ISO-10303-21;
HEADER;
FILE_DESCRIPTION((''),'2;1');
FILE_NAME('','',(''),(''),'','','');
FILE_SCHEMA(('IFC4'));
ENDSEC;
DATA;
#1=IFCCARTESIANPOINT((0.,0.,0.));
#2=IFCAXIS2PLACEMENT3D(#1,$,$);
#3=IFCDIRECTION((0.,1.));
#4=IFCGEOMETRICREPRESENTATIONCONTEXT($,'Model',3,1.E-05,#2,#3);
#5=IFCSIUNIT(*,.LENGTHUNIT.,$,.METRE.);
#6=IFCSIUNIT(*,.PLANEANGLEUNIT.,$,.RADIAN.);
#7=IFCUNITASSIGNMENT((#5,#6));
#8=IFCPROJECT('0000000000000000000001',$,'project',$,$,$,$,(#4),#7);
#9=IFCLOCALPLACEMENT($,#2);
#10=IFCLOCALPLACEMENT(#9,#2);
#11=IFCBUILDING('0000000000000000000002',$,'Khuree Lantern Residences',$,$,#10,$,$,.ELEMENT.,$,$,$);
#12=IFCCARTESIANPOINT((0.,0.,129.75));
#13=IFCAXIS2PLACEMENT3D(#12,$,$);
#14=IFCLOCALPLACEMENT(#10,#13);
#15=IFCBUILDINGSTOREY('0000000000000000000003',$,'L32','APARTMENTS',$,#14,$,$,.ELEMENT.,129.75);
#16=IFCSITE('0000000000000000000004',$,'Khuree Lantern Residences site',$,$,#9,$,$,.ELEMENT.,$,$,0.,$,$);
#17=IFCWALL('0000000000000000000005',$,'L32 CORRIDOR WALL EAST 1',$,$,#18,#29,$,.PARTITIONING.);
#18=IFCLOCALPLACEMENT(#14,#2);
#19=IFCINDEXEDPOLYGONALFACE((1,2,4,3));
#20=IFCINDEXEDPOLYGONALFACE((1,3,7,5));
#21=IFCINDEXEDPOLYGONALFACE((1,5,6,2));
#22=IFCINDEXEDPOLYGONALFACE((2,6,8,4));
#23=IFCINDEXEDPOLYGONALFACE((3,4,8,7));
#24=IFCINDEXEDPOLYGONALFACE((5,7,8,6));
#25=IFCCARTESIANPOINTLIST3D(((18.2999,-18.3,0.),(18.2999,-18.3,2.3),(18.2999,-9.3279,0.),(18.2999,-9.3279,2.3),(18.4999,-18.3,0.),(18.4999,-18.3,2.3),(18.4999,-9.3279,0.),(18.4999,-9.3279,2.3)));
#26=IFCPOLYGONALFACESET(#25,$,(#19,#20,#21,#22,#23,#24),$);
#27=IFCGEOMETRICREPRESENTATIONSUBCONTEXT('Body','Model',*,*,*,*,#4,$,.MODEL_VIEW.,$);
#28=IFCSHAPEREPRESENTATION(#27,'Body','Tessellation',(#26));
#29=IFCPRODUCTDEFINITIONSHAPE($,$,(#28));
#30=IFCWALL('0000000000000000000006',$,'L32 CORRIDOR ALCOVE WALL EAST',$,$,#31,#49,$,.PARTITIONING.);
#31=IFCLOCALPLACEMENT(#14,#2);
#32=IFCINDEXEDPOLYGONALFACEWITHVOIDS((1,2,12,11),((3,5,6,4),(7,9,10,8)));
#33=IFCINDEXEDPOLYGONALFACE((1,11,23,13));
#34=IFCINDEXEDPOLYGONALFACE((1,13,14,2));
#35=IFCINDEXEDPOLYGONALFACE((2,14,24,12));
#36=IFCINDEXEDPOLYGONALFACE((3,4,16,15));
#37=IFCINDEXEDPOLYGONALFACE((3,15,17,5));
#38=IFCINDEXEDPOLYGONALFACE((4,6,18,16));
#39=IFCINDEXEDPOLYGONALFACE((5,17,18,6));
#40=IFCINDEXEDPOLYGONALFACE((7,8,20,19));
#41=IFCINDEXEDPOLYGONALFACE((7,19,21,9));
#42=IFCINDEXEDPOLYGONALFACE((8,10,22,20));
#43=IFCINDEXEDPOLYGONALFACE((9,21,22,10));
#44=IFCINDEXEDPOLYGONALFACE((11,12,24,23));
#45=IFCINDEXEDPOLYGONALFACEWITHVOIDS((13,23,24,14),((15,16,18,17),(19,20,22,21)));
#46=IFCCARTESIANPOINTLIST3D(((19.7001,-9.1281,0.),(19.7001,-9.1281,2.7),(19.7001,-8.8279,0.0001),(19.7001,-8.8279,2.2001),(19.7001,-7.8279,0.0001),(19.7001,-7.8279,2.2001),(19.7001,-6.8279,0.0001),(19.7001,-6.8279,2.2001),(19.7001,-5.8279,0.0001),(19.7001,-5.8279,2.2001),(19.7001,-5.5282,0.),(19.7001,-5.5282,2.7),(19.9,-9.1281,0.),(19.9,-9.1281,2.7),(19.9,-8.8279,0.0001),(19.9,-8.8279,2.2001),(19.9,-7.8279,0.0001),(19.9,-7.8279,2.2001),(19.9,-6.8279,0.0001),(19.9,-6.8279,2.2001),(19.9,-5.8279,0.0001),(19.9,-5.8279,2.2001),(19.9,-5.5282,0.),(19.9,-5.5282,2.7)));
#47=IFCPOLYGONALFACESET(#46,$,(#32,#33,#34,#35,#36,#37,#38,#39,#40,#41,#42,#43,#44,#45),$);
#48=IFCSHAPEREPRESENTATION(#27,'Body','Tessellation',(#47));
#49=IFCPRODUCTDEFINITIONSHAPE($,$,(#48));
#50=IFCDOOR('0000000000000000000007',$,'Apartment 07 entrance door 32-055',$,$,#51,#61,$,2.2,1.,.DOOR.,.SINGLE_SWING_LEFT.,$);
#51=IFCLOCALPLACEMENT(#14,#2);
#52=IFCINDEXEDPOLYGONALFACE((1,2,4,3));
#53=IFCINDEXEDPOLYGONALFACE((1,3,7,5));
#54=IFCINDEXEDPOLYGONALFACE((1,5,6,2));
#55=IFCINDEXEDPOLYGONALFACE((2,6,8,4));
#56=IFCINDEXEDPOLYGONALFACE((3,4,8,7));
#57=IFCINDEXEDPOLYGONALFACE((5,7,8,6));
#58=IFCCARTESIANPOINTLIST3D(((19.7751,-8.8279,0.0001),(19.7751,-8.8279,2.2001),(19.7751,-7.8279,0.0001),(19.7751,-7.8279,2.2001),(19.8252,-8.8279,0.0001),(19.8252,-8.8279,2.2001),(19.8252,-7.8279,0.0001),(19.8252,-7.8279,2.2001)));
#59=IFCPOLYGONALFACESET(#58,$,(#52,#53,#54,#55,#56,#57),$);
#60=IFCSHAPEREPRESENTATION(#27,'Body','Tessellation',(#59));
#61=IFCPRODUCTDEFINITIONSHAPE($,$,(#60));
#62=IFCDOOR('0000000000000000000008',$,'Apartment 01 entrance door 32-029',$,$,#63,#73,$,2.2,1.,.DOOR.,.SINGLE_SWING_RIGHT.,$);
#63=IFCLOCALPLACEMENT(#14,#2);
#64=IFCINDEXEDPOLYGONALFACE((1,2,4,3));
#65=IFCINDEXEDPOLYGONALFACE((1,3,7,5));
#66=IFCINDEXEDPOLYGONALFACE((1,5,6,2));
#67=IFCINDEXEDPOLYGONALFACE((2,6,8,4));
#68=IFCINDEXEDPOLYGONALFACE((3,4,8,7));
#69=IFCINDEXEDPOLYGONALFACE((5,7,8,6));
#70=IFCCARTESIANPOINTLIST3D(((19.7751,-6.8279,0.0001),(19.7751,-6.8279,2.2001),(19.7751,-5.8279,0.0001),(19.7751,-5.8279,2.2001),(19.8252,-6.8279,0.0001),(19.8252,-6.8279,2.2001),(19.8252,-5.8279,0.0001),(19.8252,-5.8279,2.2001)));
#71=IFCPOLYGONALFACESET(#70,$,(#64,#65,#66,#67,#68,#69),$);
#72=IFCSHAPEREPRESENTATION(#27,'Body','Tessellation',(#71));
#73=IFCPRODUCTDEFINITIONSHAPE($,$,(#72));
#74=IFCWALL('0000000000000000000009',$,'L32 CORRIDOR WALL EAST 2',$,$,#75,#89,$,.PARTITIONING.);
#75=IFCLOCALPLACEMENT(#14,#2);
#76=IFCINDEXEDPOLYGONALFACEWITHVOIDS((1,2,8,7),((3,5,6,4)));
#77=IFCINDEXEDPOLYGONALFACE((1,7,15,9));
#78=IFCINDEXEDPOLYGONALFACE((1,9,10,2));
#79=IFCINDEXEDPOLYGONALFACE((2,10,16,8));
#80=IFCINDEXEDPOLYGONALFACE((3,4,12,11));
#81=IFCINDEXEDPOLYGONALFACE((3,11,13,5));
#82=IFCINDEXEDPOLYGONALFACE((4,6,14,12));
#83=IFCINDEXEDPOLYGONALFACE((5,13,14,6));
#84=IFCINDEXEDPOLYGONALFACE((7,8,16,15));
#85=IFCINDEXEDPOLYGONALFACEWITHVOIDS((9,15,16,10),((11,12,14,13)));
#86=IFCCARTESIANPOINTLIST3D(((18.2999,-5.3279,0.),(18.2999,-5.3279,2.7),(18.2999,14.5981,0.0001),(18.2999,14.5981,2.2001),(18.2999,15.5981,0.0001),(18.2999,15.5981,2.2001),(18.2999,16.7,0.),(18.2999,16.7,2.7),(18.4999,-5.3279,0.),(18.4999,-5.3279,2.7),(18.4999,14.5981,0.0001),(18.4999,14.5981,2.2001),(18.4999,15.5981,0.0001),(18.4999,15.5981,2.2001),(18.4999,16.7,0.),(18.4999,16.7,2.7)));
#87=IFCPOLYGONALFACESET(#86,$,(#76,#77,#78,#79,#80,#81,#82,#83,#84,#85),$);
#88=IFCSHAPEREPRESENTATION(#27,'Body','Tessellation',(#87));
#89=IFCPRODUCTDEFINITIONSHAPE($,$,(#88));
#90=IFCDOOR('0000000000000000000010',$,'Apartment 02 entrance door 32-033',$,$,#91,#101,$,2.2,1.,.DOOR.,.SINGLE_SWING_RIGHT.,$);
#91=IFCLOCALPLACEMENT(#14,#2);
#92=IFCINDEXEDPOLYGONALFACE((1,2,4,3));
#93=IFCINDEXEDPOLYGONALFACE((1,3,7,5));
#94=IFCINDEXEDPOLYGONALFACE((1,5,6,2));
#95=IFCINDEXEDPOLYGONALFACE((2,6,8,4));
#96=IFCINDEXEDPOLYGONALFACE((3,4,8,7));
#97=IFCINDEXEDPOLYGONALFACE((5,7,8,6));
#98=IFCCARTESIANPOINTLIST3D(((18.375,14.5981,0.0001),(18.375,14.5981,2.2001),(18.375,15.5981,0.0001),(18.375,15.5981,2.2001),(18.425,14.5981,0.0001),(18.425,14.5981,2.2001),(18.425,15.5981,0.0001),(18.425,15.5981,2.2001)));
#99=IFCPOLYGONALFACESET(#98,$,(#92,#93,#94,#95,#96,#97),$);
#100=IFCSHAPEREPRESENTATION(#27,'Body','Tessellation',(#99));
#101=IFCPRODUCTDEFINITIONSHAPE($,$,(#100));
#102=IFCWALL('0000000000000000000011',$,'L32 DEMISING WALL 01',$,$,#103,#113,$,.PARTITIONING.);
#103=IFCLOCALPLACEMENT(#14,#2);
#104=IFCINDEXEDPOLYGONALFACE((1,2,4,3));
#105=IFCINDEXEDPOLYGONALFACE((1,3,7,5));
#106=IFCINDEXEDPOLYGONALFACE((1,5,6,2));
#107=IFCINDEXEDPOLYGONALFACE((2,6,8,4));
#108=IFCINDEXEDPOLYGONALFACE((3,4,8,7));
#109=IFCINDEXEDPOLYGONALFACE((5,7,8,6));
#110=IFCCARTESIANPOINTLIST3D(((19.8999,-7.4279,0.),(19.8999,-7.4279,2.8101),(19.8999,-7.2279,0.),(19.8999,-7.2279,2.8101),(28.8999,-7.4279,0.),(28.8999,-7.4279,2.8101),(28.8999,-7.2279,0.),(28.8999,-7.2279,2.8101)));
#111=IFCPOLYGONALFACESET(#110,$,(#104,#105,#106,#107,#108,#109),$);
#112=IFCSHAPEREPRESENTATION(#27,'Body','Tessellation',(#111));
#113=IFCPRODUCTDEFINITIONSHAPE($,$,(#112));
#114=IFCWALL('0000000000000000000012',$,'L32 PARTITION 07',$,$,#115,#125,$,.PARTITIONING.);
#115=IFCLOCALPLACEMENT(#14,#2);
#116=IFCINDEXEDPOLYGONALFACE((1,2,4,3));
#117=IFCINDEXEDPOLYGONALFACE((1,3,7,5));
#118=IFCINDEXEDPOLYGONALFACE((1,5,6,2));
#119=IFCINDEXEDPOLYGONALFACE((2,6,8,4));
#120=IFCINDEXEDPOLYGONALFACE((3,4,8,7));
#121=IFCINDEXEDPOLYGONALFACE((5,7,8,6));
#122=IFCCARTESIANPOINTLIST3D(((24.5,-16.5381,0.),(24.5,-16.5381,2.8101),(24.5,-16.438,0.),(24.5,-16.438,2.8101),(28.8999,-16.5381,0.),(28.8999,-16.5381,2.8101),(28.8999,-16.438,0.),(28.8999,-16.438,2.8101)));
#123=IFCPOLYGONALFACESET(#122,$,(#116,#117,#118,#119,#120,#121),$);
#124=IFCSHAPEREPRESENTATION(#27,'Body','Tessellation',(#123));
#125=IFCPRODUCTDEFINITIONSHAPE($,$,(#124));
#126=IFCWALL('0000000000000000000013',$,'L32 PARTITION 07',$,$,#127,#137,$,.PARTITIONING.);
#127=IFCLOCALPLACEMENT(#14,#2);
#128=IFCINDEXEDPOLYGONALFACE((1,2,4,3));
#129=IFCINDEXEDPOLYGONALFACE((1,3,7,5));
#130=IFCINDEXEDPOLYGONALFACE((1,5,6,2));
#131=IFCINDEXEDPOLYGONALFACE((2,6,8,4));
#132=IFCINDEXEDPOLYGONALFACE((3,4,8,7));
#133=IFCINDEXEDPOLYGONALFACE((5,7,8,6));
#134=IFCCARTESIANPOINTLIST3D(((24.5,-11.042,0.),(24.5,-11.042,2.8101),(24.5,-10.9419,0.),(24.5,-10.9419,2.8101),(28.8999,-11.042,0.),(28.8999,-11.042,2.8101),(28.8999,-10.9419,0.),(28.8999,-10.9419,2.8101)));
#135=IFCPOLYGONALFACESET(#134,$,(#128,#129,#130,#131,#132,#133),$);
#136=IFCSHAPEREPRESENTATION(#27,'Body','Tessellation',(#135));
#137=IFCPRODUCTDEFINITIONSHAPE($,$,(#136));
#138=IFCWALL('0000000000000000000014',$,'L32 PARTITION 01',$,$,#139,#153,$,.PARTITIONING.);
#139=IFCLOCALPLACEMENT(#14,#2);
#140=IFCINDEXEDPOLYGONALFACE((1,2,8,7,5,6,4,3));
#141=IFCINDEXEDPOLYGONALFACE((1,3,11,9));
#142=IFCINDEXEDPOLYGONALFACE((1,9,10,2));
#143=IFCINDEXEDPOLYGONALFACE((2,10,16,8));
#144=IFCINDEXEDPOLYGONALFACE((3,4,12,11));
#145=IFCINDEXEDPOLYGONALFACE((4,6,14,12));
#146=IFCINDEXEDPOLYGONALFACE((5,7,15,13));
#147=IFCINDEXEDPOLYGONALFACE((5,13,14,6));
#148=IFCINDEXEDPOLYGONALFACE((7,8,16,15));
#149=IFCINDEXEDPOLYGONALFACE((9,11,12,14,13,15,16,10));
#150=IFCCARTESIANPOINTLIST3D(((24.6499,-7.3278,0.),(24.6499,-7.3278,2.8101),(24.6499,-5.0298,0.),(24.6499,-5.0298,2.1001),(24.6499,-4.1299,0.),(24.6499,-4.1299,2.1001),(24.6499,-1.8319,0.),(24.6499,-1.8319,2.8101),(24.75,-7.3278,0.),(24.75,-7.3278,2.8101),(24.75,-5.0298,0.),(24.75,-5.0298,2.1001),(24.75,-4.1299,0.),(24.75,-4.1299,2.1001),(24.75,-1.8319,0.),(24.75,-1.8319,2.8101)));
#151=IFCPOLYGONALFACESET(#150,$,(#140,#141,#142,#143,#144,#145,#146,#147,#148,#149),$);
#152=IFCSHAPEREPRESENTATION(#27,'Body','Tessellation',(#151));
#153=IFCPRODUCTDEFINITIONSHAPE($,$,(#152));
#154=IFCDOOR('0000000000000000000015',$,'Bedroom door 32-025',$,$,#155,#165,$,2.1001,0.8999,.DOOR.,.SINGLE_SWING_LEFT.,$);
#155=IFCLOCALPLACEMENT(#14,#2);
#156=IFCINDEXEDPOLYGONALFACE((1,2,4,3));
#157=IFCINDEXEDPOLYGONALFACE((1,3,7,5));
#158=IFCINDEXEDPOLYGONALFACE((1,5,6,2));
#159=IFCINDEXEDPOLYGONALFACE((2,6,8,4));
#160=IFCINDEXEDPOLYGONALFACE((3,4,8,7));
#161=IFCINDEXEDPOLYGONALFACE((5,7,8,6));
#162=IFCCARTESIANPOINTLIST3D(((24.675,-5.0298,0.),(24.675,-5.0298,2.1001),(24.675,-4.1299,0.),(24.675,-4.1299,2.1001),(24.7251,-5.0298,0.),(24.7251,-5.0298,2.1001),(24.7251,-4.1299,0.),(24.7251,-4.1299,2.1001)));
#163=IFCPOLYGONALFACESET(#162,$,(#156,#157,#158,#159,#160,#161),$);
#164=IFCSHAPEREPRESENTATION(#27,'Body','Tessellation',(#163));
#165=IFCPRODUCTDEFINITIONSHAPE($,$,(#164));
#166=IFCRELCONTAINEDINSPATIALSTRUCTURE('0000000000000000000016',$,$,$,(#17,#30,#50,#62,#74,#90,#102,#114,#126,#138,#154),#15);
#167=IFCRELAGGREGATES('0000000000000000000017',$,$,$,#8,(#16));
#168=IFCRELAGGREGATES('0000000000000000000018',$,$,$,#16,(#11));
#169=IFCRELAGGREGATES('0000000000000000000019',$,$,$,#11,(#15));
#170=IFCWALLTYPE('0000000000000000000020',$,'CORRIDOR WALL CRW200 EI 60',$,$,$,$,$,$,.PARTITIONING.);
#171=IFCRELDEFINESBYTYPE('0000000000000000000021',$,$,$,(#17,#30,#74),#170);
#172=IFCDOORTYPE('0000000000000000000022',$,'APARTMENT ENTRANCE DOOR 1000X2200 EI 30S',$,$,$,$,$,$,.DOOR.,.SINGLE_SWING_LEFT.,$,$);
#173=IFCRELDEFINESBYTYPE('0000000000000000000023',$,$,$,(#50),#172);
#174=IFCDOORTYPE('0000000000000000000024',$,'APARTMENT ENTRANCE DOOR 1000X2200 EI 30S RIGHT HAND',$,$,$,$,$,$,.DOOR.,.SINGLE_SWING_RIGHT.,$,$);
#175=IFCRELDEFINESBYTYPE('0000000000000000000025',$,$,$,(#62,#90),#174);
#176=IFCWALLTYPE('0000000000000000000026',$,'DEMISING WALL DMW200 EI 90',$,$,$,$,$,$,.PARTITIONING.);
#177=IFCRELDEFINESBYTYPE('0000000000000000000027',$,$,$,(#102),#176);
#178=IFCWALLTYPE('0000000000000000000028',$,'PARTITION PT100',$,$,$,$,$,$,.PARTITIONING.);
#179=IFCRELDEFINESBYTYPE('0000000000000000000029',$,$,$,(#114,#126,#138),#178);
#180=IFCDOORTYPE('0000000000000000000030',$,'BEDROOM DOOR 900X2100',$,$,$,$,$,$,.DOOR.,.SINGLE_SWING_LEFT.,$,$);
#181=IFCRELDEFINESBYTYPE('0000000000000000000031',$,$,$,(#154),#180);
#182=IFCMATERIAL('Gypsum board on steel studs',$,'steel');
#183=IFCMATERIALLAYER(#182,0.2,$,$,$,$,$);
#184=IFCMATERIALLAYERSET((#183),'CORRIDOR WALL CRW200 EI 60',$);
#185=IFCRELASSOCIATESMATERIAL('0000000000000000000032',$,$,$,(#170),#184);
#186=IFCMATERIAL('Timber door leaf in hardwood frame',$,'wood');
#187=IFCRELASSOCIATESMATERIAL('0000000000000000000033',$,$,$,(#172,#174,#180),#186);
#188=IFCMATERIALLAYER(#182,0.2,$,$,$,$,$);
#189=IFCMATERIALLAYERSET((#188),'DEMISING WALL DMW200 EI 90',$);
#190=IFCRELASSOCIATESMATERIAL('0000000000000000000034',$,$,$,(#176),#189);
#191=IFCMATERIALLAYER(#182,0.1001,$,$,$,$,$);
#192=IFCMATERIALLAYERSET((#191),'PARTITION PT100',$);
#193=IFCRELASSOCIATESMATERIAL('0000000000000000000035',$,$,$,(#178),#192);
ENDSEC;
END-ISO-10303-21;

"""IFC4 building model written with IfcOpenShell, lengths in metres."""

from ifc_helpers import new_model, si_unit, direction, frame, frame_2d, origin, place, context, subcontext, project, spatial, rectangle, extrude, material, layer, layer_set, type_object, element, fill, save


model = new_model("IFC4")

# Units and contexts
model_context = context("Model", 3, precision=1e-05, world=origin(), true_north=direction((0.0, 1.0)))
body_context = subcontext(model_context, "Body", "Model", "MODEL_VIEW")
ifc_project = project(units=[si_unit("LENGTHUNIT", "METRE"), si_unit("PLANEANGLEUNIT", "RADIAN")], contexts=[model_context])

# Site, building, storey
site_placement = place(None, origin())
site = spatial("IfcSite", under=ifc_project, at=site_placement, Name="Khuree Lantern Residences site", CompositionType="ELEMENT", RefElevation=0.0)
building_placement = place(site_placement, origin())
building = spatial("IfcBuilding", under=site, at=building_placement, Name="Khuree Lantern Residences", CompositionType="ELEMENT")
storey_placement = place(building_placement, frame((0.0, 0.0, 129.75)))
storey = spatial("IfcBuildingStorey", under=building, at=storey_placement, Name="L32", Description="APARTMENTS", CompositionType="ELEMENT", Elevation=129.75)

# Shared definitions
ifc_material_1 = material(Name="Timber door leaf in hardwood frame", Category="wood")

# Wall
ifc_material_2 = material(Name="Gypsum board on steel studs", Category="steel")
ifc_layer_1 = layer(ifc_material_2, 0.2)
ifc_layer_set_1 = layer_set([ifc_layer_1], Name="CORRIDOR WALL CRW200 EI 60")
wall_type_1 = type_object("IfcWallType", Name="CORRIDOR WALL CRW200 EI 60", PredefinedType="PARTITIONING", material=ifc_layer_set_1)
wall_1_placement = place(storey_placement, frame((18.3999, -18.3, 0.0), z_axis=(0.0, 0.0, 1.0), x_axis=(0.0, 1.0, 0.0)))
element("IfcWall", 1, at=wall_1_placement, inside=storey, type_object=wall_type_1, Name="L32 CORRIDOR WALL EAST 1", PredefinedType="PARTITIONING", context=body_context, shape_type="SweptSolid", body=[
    extrude(rectangle(XDim=8.9722, YDim=0.2, at=frame_2d((4.4861, 0.0))), origin(), (0.0, 0.0, 1.0), 2.3),
])

# Wall, openings, doors
wall_2_placement = place(storey_placement, frame((19.8, -9.1279, 0.0), z_axis=(0.0, 0.0, 1.0), x_axis=(0.0, 1.0, 0.0)))
wall_2 = element("IfcWall", 2, at=wall_2_placement, inside=storey, type_object=wall_type_1, Name="L32 CORRIDOR ALCOVE WALL EAST", PredefinedType="PARTITIONING", context=body_context, shape_type="SweptSolid", body=[
    extrude(rectangle(XDim=3.5999, YDim=0.2, at=frame_2d((1.7998, 0.0))), origin(), (0.0, 0.0, 1.0), 2.7),
])
opening_1_placement = place(wall_2_placement, frame((2.3, 0.0, 0.0)))
opening_1 = element("IfcOpeningElement", 3, at=opening_1_placement, cuts=wall_2, PredefinedType="OPENING", context=body_context, shape_type="SweptSolid", body=[
    extrude(rectangle(XDim=1.0, YDim=2.2, at=frame_2d((0.5, 1.1001))), frame((0.0, 0.1099, 0.0), z_axis=(0.0, -1.0, 0.0), x_axis=(1.0, 0.0, 0.0)), (0.0, 0.0, 1.0), 0.22),
])
opening_2_placement = place(wall_2_placement, frame((0.3, 0.0, 0.0)))
opening_2 = element("IfcOpeningElement", 4, at=opening_2_placement, cuts=wall_2, PredefinedType="OPENING", context=body_context, shape_type="SweptSolid", body=[
    extrude(rectangle(XDim=1.0, YDim=2.2, at=frame_2d((0.5, 1.1001))), frame((0.0, 0.1099, 0.0), z_axis=(0.0, -1.0, 0.0), x_axis=(1.0, 0.0, 0.0)), (0.0, 0.0, 1.0), 0.22),
])
door_type_1 = type_object("IfcDoorType", Name="APARTMENT ENTRANCE DOOR 1000X2200 EI 30S", OperationType="SINGLE_SWING_LEFT", PredefinedType="DOOR", material=ifc_material_1)
door_1_placement = place(opening_2_placement, origin())
door_1 = element("IfcDoor", 5, at=door_1_placement, inside=storey, type_object=door_type_1, Name="Apartment 07 entrance door 32-055", OperationType="SINGLE_SWING_LEFT", OverallHeight=2.2, OverallWidth=1.0, PredefinedType="DOOR", context=body_context, shape_type="SweptSolid", body=[
    extrude(rectangle(XDim=1.0, YDim=2.2, at=frame_2d((0.5, 1.1001))), frame((0.0, 0.0249, 0.0), z_axis=(0.0, -1.0, 0.0), x_axis=(1.0, 0.0, 0.0)), (0.0, 0.0, 1.0), 0.05),
])
fill(opening_2, door_1)
door_type_2 = type_object("IfcDoorType", Name="APARTMENT ENTRANCE DOOR 1000X2200 EI 30S RIGHT HAND", OperationType="SINGLE_SWING_RIGHT", PredefinedType="DOOR", material=ifc_material_1)
door_2_placement = place(opening_1_placement, origin())
door_2 = element("IfcDoor", 6, at=door_2_placement, inside=storey, type_object=door_type_2, Name="Apartment 01 entrance door 32-029", OperationType="SINGLE_SWING_RIGHT", OverallHeight=2.2, OverallWidth=1.0, PredefinedType="DOOR", context=body_context, shape_type="SweptSolid", body=[
    extrude(rectangle(XDim=1.0, YDim=2.2, at=frame_2d((0.5, 1.1001))), frame((0.0, 0.0249, 0.0), z_axis=(0.0, -1.0, 0.0), x_axis=(1.0, 0.0, 0.0)), (0.0, 0.0, 1.0), 0.05),
])
fill(opening_1, door_2)

# Wall, opening, door
wall_3_placement = place(storey_placement, frame((18.3999, -5.3279, 0.0), z_axis=(0.0, 0.0, 1.0), x_axis=(0.0, 1.0, 0.0)))
wall_3 = element("IfcWall", 7, at=wall_3_placement, inside=storey, type_object=wall_type_1, Name="L32 CORRIDOR WALL EAST 2", PredefinedType="PARTITIONING", context=body_context, shape_type="SweptSolid", body=[
    extrude(rectangle(XDim=22.0278, YDim=0.2, at=frame_2d((11.0139, 0.0))), origin(), (0.0, 0.0, 1.0), 2.7),
])
opening_3_placement = place(wall_3_placement, frame((19.926, 0.0, 0.0)))
opening_3 = element("IfcOpeningElement", 8, at=opening_3_placement, cuts=wall_3, PredefinedType="OPENING", context=body_context, shape_type="SweptSolid", body=[
    extrude(rectangle(XDim=1.0, YDim=2.2, at=frame_2d((0.5, 1.1001))), frame((0.0, 0.1099, 0.0), z_axis=(0.0, -1.0, 0.0), x_axis=(1.0, 0.0, 0.0)), (0.0, 0.0, 1.0), 0.22),
])
door_3_placement = place(opening_3_placement, origin())
door_3 = element("IfcDoor", 9, at=door_3_placement, inside=storey, type_object=door_type_2, Name="Apartment 02 entrance door 32-033", OperationType="SINGLE_SWING_RIGHT", OverallHeight=2.2, OverallWidth=1.0, PredefinedType="DOOR", context=body_context, shape_type="SweptSolid", body=[
    extrude(rectangle(XDim=1.0, YDim=2.2, at=frame_2d((0.5, 1.1001))), frame((0.0, 0.0249, 0.0), z_axis=(0.0, -1.0, 0.0), x_axis=(1.0, 0.0, 0.0)), (0.0, 0.0, 1.0), 0.05),
])
fill(opening_3, door_3)

# Walls
ifc_layer_2 = layer(ifc_material_2, 0.2)
ifc_layer_set_2 = layer_set([ifc_layer_2], Name="DEMISING WALL DMW200 EI 90")
wall_type_2 = type_object("IfcWallType", Name="DEMISING WALL DMW200 EI 90", PredefinedType="PARTITIONING", material=ifc_layer_set_2)
wall_4_placement = place(storey_placement, frame((19.8999, -7.3279, 0.0), z_axis=(0.0, 0.0, 1.0), x_axis=(1.0, 0.0, 0.0)))
element("IfcWall", 10, at=wall_4_placement, inside=storey, type_object=wall_type_2, Name="L32 DEMISING WALL 01", PredefinedType="PARTITIONING", context=body_context, shape_type="SweptSolid", body=[
    extrude(rectangle(XDim=9.0, YDim=0.2, at=frame_2d((4.5, 0.0))), origin(), (0.0, 0.0, 1.0), 2.8101),
])
ifc_layer_3 = layer(ifc_material_2, 0.1001)
ifc_layer_set_3 = layer_set([ifc_layer_3], Name="PARTITION PT100")
wall_type_3 = type_object("IfcWallType", Name="PARTITION PT100", PredefinedType="PARTITIONING", material=ifc_layer_set_3)
for number, where, z_axis, x_axis, name in (
    (11, (24.5, -16.488, 0.0), (0.0, 0.0, 1.0), (1.0, 0.0, 0.0), "L32 PARTITION 07"),
    (12, (24.5, -10.9919, 0.0), (0.0, 0.0, 1.0), (1.0, 0.0, 0.0), "L32 PARTITION 07"),
):
    element("IfcWall", number, at=place(storey_placement, frame(where, z_axis=z_axis, x_axis=x_axis)), inside=storey, type_object=wall_type_3, Name=name, PredefinedType="PARTITIONING", context=body_context, shape_type="SweptSolid", body=[
        extrude(rectangle(XDim=4.3999, YDim=0.1001, at=frame_2d((2.2, 0.0))), origin(), (0.0, 0.0, 1.0), 2.8101),
    ])

# Wall, opening, door
wall_5_placement = place(storey_placement, frame((24.7, -7.3279, 0.0), z_axis=(0.0, 0.0, 1.0), x_axis=(0.0, 1.0, 0.0)))
wall_5 = element("IfcWall", 13, at=wall_5_placement, inside=storey, type_object=wall_type_3, Name="L32 PARTITION 01", PredefinedType="PARTITIONING", context=body_context, shape_type="SweptSolid", body=[
    extrude(rectangle(XDim=5.4958, YDim=0.1001, at=frame_2d((2.748, 0.0))), origin(), (0.0, 0.0, 1.0), 2.8101),
])
opening_4_placement = place(wall_5_placement, frame((2.2981, 0.0, 0.0)))
opening_4 = element("IfcOpeningElement", 14, at=opening_4_placement, cuts=wall_5, PredefinedType="OPENING", context=body_context, shape_type="SweptSolid", body=[
    extrude(rectangle(XDim=0.8999, YDim=2.1001, at=frame_2d((0.45, 1.05))), frame((0.0, 0.0601, 0.0), z_axis=(0.0, -1.0, 0.0), x_axis=(1.0, 0.0, 0.0)), (0.0, 0.0, 1.0), 0.1201),
])
door_type_3 = type_object("IfcDoorType", Name="BEDROOM DOOR 900X2100", OperationType="SINGLE_SWING_LEFT", PredefinedType="DOOR", material=ifc_material_1)
door_4_placement = place(opening_4_placement, origin())
door_4 = element("IfcDoor", 15, at=door_4_placement, inside=storey, type_object=door_type_3, Name="Bedroom door 32-025", OperationType="SINGLE_SWING_LEFT", OverallHeight=2.1001, OverallWidth=0.8999, PredefinedType="DOOR", context=body_context, shape_type="SweptSolid", body=[
    extrude(rectangle(XDim=0.8999, YDim=2.1001, at=frame_2d((0.45, 1.05))), frame((0.0, 0.0249, 0.0), z_axis=(0.0, -1.0, 0.0), x_axis=(1.0, 0.0, 0.0)), (0.0, 0.0, 1.0), 0.05),
])
fill(opening_4, door_4)

save(model, "model.ifc")
